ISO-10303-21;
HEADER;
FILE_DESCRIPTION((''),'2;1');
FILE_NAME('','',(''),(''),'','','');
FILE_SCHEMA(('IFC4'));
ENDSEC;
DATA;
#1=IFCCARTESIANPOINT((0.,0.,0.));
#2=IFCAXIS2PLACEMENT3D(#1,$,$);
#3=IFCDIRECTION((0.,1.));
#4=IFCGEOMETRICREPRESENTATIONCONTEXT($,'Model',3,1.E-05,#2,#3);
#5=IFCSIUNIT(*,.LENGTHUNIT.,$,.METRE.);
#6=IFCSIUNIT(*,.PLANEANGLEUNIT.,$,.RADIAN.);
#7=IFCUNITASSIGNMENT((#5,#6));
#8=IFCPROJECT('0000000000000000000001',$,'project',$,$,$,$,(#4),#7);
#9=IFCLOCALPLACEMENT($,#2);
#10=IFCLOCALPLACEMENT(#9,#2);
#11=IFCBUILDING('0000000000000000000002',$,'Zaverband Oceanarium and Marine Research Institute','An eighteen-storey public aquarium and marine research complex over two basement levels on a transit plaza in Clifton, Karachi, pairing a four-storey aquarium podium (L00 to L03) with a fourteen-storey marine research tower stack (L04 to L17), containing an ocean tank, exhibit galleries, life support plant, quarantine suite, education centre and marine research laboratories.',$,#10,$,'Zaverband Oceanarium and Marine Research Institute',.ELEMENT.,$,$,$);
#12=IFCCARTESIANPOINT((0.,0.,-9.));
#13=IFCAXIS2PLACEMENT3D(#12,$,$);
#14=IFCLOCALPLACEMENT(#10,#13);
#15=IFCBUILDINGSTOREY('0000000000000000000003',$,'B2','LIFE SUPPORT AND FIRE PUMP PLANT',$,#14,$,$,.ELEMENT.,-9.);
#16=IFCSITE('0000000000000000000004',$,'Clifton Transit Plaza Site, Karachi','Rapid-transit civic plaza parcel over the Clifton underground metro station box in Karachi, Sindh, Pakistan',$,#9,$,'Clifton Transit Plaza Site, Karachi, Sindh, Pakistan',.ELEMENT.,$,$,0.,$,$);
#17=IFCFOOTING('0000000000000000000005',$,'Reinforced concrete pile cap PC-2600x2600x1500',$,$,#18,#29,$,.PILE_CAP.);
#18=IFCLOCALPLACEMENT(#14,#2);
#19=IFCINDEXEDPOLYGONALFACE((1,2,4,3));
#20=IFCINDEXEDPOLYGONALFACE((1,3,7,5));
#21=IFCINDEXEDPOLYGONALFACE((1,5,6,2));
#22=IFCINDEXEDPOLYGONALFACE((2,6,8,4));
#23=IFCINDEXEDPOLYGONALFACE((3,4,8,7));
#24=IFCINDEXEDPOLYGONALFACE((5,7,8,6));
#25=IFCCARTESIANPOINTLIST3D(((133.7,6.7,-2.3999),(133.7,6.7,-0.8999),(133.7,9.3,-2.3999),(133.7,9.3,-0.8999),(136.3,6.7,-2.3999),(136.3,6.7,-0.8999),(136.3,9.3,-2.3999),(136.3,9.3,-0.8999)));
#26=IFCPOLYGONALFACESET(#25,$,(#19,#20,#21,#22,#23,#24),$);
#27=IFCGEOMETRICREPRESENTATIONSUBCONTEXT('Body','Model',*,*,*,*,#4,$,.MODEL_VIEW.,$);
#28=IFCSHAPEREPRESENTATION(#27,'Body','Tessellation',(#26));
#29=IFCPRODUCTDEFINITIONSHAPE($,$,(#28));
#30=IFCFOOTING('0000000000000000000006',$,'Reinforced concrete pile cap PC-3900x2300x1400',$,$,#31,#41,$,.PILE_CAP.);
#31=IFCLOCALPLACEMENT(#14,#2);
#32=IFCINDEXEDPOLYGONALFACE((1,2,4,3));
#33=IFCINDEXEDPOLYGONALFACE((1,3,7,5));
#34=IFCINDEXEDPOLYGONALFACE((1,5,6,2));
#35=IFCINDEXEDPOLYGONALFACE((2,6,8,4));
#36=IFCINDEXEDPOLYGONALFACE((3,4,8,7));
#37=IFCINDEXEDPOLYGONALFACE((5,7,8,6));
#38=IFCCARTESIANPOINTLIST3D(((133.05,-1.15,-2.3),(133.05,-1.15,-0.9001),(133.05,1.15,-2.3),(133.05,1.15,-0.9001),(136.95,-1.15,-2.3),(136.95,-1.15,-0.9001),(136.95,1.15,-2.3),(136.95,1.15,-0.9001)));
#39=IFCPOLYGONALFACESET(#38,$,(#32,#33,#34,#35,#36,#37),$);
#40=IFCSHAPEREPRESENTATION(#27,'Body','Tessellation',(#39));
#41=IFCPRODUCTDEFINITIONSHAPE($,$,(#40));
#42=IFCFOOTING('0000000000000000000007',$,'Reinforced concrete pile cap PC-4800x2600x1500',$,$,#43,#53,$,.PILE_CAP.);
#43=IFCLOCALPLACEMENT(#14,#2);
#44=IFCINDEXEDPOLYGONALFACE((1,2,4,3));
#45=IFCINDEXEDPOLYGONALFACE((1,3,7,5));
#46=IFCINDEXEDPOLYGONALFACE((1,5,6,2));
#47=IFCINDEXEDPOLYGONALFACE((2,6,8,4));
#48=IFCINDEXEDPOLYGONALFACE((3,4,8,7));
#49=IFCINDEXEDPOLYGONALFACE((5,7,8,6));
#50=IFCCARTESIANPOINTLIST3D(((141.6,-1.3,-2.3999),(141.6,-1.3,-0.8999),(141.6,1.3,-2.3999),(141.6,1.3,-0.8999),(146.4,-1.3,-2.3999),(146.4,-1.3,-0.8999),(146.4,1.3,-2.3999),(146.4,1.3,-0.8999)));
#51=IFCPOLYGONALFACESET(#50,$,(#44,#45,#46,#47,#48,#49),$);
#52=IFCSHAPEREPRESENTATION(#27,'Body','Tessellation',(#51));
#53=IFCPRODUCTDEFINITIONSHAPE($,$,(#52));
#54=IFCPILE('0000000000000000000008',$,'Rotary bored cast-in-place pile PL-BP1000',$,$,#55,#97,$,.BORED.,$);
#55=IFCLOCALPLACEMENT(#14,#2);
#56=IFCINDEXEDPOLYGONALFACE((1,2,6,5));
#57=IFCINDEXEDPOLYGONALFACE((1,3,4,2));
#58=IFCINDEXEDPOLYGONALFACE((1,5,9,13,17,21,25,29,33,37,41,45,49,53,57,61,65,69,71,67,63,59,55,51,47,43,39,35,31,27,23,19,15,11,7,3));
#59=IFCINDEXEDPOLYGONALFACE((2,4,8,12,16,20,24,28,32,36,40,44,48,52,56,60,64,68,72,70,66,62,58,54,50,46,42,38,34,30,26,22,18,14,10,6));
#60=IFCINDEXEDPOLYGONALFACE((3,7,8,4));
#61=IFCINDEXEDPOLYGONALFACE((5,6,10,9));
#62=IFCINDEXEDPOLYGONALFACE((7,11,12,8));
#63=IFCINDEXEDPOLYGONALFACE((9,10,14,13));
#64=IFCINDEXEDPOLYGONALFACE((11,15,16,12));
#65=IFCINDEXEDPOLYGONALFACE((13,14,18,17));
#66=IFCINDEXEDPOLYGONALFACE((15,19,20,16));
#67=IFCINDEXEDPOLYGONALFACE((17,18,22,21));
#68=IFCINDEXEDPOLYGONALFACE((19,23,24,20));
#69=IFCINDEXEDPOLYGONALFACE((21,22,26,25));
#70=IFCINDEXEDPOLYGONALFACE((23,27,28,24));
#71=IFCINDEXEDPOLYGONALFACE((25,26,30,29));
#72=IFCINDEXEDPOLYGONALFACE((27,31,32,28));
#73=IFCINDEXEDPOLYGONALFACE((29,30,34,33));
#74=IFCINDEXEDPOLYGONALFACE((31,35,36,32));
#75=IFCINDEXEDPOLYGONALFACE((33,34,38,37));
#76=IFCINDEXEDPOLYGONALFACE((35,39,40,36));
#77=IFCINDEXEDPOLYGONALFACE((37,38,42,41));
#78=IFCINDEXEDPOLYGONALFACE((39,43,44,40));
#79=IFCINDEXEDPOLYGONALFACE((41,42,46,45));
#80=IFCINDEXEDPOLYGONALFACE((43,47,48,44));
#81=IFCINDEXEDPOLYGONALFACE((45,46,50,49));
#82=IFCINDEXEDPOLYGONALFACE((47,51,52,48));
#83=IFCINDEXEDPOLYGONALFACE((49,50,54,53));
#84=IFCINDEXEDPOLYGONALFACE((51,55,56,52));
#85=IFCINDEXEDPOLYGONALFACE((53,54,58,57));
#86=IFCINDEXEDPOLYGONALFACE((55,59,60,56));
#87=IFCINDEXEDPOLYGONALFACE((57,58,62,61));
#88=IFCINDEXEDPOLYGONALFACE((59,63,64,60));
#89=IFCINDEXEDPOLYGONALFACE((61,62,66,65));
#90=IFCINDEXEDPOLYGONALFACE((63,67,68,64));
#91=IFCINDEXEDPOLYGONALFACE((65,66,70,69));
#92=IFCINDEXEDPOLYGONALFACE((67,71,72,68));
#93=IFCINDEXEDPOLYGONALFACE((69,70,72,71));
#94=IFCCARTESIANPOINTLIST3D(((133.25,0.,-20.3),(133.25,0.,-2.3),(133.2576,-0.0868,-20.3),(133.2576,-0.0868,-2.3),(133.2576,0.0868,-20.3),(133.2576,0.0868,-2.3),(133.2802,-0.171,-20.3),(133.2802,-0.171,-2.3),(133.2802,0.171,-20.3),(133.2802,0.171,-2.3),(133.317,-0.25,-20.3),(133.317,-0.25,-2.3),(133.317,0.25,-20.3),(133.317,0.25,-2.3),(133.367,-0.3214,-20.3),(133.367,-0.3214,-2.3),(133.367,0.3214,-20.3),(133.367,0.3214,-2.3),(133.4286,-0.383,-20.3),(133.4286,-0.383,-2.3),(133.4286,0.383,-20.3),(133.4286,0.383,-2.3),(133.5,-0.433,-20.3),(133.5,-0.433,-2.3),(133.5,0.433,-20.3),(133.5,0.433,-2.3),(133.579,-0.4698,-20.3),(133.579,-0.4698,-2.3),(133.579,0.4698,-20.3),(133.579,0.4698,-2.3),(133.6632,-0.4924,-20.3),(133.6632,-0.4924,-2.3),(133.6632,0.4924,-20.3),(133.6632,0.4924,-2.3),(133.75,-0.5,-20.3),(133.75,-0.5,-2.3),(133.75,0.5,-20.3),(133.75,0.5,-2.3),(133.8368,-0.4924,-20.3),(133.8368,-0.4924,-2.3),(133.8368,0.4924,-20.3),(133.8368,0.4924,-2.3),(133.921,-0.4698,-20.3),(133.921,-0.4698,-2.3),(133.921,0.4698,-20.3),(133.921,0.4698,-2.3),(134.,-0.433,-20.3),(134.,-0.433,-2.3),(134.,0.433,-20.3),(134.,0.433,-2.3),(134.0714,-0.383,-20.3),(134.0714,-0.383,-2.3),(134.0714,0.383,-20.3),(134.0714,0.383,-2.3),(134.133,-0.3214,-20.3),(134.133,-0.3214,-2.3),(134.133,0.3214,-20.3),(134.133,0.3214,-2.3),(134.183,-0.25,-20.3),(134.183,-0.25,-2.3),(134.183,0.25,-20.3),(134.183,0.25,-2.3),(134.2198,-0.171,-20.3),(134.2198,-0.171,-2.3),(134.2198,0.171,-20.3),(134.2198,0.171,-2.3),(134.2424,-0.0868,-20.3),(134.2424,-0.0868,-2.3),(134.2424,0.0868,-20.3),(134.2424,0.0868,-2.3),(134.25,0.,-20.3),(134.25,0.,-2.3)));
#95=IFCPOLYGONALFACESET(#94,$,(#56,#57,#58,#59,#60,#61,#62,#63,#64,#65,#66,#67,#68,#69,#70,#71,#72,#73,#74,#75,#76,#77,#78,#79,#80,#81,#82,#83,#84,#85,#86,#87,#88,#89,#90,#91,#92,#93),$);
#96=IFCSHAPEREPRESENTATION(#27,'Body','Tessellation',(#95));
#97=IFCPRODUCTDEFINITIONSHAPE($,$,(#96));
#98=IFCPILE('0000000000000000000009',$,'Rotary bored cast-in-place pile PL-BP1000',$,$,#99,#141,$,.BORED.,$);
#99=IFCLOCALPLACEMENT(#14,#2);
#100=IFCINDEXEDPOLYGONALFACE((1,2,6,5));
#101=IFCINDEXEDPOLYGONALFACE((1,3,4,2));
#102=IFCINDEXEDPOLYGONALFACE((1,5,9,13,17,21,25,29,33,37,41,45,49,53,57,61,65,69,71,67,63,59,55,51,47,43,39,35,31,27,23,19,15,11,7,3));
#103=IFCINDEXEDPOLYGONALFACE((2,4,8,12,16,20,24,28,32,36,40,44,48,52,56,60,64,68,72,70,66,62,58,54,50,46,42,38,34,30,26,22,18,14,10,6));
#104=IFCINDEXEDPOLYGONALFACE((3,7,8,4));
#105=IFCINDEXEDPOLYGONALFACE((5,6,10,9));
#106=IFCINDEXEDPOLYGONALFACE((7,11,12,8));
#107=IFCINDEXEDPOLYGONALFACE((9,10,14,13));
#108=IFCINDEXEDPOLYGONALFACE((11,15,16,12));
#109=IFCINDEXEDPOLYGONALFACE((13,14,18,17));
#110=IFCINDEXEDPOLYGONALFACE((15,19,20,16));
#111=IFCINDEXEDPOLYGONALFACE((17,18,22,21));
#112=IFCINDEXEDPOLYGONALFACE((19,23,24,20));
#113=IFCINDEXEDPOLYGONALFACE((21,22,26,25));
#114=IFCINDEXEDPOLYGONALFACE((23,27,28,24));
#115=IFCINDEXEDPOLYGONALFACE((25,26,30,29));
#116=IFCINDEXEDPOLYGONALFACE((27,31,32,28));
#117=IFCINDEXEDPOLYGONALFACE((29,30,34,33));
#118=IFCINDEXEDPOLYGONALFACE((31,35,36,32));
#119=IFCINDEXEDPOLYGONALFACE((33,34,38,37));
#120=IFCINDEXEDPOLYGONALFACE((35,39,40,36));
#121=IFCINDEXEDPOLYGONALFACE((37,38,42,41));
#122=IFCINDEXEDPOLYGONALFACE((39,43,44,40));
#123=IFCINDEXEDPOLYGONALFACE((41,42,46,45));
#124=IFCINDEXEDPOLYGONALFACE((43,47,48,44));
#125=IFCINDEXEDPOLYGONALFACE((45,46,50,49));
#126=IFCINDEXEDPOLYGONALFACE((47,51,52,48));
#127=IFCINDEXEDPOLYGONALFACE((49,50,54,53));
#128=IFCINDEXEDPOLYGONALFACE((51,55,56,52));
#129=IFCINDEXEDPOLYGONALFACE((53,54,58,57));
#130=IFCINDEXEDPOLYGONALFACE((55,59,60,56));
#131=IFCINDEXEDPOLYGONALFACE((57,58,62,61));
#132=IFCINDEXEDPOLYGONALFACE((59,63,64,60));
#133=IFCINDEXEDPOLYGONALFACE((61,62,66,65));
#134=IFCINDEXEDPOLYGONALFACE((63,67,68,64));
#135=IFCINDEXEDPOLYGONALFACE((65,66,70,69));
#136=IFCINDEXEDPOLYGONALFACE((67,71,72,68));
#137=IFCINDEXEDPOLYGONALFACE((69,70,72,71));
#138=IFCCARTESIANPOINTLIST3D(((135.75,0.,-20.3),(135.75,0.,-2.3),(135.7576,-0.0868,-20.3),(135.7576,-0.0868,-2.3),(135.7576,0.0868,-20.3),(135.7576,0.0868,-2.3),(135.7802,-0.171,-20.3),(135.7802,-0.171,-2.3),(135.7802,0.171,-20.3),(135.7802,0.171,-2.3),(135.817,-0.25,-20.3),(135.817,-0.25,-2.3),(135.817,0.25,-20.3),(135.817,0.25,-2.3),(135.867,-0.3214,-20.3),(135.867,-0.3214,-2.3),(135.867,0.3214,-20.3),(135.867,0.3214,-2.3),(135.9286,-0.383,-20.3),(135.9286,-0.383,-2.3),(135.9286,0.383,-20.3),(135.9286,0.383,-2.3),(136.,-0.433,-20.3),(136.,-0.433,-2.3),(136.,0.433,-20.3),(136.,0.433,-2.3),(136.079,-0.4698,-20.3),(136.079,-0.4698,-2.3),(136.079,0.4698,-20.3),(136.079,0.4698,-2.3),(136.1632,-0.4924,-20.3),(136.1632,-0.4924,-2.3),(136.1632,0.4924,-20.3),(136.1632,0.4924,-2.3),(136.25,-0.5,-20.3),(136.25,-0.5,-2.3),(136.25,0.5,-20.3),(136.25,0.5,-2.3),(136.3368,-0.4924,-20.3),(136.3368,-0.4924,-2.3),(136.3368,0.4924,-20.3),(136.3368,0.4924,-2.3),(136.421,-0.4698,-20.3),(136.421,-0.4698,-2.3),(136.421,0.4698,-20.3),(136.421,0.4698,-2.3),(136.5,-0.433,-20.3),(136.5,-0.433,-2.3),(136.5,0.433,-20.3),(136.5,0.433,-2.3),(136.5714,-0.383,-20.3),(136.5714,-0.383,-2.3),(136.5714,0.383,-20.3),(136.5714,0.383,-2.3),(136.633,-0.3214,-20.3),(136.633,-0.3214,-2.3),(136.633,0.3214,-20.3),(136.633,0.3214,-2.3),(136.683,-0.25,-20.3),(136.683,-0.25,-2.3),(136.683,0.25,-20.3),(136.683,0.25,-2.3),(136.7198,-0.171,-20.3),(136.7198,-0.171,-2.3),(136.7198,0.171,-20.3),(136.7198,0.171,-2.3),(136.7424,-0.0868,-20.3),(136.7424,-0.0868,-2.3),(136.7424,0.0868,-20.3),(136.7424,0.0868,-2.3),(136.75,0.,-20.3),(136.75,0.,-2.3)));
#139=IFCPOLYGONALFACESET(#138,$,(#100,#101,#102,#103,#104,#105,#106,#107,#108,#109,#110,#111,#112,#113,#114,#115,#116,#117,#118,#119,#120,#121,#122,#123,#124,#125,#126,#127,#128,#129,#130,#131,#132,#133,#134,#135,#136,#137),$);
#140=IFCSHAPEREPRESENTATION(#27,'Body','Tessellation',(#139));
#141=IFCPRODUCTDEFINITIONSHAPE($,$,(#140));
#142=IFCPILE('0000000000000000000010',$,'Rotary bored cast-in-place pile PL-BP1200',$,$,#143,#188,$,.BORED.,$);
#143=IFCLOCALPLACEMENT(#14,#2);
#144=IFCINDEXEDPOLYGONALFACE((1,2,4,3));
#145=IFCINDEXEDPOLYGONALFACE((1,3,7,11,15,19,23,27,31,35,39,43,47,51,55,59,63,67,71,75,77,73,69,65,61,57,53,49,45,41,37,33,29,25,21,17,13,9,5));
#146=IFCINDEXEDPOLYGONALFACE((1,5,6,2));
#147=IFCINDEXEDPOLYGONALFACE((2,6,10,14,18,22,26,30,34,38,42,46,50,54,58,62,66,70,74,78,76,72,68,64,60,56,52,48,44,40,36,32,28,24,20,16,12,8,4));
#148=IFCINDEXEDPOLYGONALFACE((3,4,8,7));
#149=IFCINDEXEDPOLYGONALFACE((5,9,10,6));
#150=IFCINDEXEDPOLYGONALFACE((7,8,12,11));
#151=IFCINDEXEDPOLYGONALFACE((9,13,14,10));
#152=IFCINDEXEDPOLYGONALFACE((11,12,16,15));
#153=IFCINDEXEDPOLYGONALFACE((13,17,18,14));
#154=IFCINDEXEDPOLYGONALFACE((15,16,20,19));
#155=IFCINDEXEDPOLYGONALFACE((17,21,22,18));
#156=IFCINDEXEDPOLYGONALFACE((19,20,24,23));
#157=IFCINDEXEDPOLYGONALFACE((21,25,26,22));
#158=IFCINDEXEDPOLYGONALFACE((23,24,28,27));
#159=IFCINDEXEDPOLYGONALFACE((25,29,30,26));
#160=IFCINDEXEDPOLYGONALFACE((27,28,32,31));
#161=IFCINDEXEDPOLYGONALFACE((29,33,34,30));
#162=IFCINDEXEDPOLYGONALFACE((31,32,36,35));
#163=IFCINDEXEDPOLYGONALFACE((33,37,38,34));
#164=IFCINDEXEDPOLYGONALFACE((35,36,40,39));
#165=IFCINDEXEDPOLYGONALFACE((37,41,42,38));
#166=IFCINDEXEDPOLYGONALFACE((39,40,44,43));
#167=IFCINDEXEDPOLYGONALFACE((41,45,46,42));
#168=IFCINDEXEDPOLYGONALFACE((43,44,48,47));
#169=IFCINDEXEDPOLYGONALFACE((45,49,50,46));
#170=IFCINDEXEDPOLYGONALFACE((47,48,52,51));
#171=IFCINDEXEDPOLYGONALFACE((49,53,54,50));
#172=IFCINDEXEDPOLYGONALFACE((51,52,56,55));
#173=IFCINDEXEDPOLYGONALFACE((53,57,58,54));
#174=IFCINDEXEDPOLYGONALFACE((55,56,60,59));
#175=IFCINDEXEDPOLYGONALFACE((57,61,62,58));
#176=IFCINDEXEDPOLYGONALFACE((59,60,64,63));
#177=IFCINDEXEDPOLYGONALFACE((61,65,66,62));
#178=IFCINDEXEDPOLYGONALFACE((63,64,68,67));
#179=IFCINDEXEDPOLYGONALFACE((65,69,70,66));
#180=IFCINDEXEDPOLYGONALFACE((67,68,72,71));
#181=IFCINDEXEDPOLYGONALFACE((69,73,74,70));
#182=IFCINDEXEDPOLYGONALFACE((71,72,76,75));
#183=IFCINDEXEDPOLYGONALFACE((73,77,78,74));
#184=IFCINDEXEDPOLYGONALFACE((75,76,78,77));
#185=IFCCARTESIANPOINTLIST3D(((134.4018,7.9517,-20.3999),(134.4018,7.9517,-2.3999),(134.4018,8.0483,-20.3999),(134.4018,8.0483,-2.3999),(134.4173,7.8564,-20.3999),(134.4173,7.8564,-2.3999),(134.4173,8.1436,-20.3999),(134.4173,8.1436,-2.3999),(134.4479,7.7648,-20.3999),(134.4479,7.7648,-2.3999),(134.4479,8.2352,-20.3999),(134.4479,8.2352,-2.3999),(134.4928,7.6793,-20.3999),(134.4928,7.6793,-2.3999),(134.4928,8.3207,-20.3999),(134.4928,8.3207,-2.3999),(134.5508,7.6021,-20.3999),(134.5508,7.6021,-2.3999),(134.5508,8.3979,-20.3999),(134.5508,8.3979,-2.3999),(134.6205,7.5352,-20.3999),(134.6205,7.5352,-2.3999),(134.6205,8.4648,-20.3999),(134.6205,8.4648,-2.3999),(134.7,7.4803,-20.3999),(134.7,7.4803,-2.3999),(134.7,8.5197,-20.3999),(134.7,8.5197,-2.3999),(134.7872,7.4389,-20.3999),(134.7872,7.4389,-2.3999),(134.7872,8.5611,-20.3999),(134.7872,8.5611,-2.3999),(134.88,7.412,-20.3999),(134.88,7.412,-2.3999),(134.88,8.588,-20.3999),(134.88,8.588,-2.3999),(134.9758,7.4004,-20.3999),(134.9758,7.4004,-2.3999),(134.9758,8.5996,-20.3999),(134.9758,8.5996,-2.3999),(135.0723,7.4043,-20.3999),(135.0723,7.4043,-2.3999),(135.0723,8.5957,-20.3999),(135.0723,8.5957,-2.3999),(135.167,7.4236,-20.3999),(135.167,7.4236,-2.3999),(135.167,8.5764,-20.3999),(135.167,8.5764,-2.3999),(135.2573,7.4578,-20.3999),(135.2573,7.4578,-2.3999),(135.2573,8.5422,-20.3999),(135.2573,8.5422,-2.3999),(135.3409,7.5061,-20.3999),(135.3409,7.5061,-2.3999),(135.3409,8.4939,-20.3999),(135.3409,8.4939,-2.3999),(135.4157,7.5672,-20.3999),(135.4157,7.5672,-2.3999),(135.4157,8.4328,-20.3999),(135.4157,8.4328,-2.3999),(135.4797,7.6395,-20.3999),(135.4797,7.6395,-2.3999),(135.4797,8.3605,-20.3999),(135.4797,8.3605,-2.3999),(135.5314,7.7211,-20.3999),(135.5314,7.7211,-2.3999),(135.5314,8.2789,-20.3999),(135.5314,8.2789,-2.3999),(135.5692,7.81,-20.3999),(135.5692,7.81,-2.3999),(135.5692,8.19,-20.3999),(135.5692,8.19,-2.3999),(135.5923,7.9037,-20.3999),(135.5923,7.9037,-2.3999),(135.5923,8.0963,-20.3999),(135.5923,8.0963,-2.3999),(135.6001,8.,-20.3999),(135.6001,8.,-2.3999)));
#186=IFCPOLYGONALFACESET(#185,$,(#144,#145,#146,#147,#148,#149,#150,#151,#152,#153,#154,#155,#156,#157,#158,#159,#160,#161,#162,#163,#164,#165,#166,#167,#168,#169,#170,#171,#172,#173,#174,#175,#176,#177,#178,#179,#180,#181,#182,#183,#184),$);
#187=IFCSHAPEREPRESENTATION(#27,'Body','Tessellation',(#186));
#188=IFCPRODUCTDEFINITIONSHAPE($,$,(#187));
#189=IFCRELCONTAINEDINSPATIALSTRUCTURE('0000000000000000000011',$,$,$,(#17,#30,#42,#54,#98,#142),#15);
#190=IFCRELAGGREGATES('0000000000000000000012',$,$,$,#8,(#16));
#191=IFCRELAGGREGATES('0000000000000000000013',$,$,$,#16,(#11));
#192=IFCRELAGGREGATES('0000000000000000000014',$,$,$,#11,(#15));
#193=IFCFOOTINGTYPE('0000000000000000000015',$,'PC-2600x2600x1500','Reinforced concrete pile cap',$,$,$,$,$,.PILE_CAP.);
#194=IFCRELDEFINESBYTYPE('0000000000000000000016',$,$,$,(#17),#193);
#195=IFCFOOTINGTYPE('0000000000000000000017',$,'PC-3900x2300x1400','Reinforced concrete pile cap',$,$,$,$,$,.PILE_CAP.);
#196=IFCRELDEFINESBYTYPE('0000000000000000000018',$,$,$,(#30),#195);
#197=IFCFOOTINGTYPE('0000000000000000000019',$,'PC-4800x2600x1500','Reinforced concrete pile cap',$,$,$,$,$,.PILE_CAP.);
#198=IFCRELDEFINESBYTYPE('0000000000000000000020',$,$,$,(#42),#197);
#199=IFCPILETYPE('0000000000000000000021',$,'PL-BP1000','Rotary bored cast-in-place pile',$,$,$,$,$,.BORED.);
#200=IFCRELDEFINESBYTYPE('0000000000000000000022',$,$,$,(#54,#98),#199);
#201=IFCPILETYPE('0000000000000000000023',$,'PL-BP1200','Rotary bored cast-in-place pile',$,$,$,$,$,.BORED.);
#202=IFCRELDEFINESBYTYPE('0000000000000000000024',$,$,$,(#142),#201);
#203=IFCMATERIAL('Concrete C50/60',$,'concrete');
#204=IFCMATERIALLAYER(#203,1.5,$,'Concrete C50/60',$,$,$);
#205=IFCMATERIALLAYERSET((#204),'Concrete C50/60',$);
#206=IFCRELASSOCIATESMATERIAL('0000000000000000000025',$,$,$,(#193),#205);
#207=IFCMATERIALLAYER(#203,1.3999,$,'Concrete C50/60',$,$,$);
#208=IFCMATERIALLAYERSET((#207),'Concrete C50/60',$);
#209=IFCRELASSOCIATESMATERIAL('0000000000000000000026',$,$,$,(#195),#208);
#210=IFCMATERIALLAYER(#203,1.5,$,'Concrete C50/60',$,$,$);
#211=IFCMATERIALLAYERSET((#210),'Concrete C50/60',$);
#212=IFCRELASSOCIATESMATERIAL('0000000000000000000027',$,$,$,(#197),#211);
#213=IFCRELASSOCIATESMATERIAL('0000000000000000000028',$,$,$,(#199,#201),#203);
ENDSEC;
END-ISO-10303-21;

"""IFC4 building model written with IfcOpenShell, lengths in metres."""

from ifc_helpers import new_model, si_unit, direction, frame, origin, origin_2d, place, context, subcontext, project, spatial, rectangle, circle, extrude, material, layer, layer_set, material_profile, profile_set, type_object, element, save


model = new_model("IFC4")

# Units and contexts
model_context = context("Model", 3, precision=1e-05, world=origin(), true_north=direction((0.0, 1.0)))
body_context = subcontext(model_context, "Body", "Model", "MODEL_VIEW")
ifc_project = project(units=[si_unit("LENGTHUNIT", "METRE"), si_unit("PLANEANGLEUNIT", "RADIAN")], contexts=[model_context])

# Site, building, storey
site_placement = place(None, origin())
site = spatial("IfcSite", under=ifc_project, at=site_placement, Name="Clifton Transit Plaza Site, Karachi", Description="Rapid-transit civic plaza parcel over the Clifton underground metro station box in Karachi, Sindh, Pakistan", LongName="Clifton Transit Plaza Site, Karachi, Sindh, Pakistan", CompositionType="ELEMENT", RefElevation=0.0)
building_placement = place(site_placement, origin())
building = spatial("IfcBuilding", under=site, at=building_placement, Name="Zaverband Oceanarium and Marine Research Institute", Description="An eighteen-storey public aquarium and marine research complex over two basement levels on a transit plaza in Clifton, Karachi, pairing a four-storey aquarium podium (L00 to L03) with a fourteen-storey marine research tower stack (L04 to L17), containing an ocean tank, exhibit galleries, life support plant, quarantine suite, education centre and marine research laboratories.", LongName="Zaverband Oceanarium and Marine Research Institute", CompositionType="ELEMENT")
storey_placement = place(building_placement, frame((0.0, 0.0, -9.0)))
storey = spatial("IfcBuildingStorey", under=building, at=storey_placement, Name="B2", Description="LIFE SUPPORT AND FIRE PUMP PLANT", CompositionType="ELEMENT", Elevation=-9.0)

# Footings
ifc_material_1 = material(Name="Concrete C50/60", Category="concrete")
ifc_layer_1 = layer(ifc_material_1, 1.5, Name="Concrete C50/60")
ifc_layer_set_1 = layer_set([ifc_layer_1], Name="Concrete C50/60")
footing_type_1 = type_object("IfcFootingType", Name="PC-2600x2600x1500", Description="Reinforced concrete pile cap", PredefinedType="PILE_CAP", material=ifc_layer_set_1)
footing_1_placement = place(storey_placement, frame((135.0, 8.0, -2.3999), z_axis=(0.0, 0.0, 1.0), x_axis=(1.0, 0.0, 0.0)))
element("IfcFooting", 1, at=footing_1_placement, inside=storey, type_object=footing_type_1, Name="Reinforced concrete pile cap PC-2600x2600x1500", PredefinedType="PILE_CAP", context=body_context, shape_type="SweptSolid", body=[
    extrude(rectangle(XDim=2.6001, YDim=2.6001, at=origin_2d()), origin(), (0.0, 0.0, 1.0), 1.5),
])
ifc_layer_2 = layer(ifc_material_1, 1.3999, Name="Concrete C50/60")
ifc_layer_set_2 = layer_set([ifc_layer_2], Name="Concrete C50/60")
footing_type_2 = type_object("IfcFootingType", Name="PC-3900x2300x1400", Description="Reinforced concrete pile cap", PredefinedType="PILE_CAP", material=ifc_layer_set_2)
footing_2_placement = place(storey_placement, frame((135.0, 0.0, -2.3), z_axis=(0.0, 0.0, 1.0), x_axis=(1.0, 0.0, 0.0)))
element("IfcFooting", 2, at=footing_2_placement, inside=storey, type_object=footing_type_2, Name="Reinforced concrete pile cap PC-3900x2300x1400", PredefinedType="PILE_CAP", context=body_context, shape_type="SweptSolid", body=[
    extrude(rectangle(XDim=3.8999, YDim=2.3, at=origin_2d()), origin(), (0.0, 0.0, 1.0), 1.3999),
])
ifc_layer_3 = layer(ifc_material_1, 1.5, Name="Concrete C50/60")
ifc_layer_set_3 = layer_set([ifc_layer_3], Name="Concrete C50/60")
footing_type_3 = type_object("IfcFootingType", Name="PC-4800x2600x1500", Description="Reinforced concrete pile cap", PredefinedType="PILE_CAP", material=ifc_layer_set_3)
footing_3_placement = place(storey_placement, frame((144.0, 0.0, -2.3999), z_axis=(0.0, 0.0, 1.0), x_axis=(1.0, 0.0, 0.0)))
element("IfcFooting", 3, at=footing_3_placement, inside=storey, type_object=footing_type_3, Name="Reinforced concrete pile cap PC-4800x2600x1500", PredefinedType="PILE_CAP", context=body_context, shape_type="SweptSolid", body=[
    extrude(rectangle(XDim=4.8, YDim=2.6001, at=origin_2d()), origin(), (0.0, 0.0, 1.0), 1.5),
])

# Piles
ifc_material_profile_1 = material_profile(ifc_material_1, circle(Radius=0.5, at=origin_2d()), Name="BP1000")
ifc_profile_set_1 = profile_set([ifc_material_profile_1], Name="Concrete C50/60")
pile_type_1 = type_object("IfcPileType", Name="PL-BP1000", Description="Rotary bored cast-in-place pile", PredefinedType="BORED", material=ifc_profile_set_1)
for number, where, z_axis, x_axis, name in (
    (4, (133.75, 0.0, -2.3), (0.0, 0.0, -1.0), (1.0, 0.0, 0.0), "Rotary bored cast-in-place pile PL-BP1000"),
    (5, (136.25, 0.0, -2.3), (0.0, 0.0, -1.0), (1.0, 0.0, 0.0), "Rotary bored cast-in-place pile PL-BP1000"),
):
    element("IfcPile", number, at=place(storey_placement, frame(where, z_axis=z_axis, x_axis=x_axis)), inside=storey, type_object=pile_type_1, Name=name, PredefinedType="BORED", context=body_context, shape_type="SweptSolid", body=[
        extrude(circle(Radius=0.5, at=origin_2d()), origin(), (0.0, 0.0, 1.0), 18.0),
    ])
ifc_material_profile_2 = material_profile(ifc_material_1, circle(Radius=0.6001, at=origin_2d()), Name="BP1200")
ifc_profile_set_2 = profile_set([ifc_material_profile_2], Name="Concrete C50/60")
pile_type_2 = type_object("IfcPileType", Name="PL-BP1200", Description="Rotary bored cast-in-place pile", PredefinedType="BORED", material=ifc_profile_set_2)
for number, where, z_axis, x_axis, name in (
    (6, (135.0, 8.0, -2.3999), (0.0, 0.0, -1.0), (1.0, 0.0, 0.0), "Rotary bored cast-in-place pile PL-BP1200"),
):
    element("IfcPile", number, at=place(storey_placement, frame(where, z_axis=z_axis, x_axis=x_axis)), inside=storey, type_object=pile_type_2, Name=name, PredefinedType="BORED", context=body_context, shape_type="SweptSolid", body=[
        extrude(circle(Radius=0.6001, at=origin_2d()), origin(), (0.0, 0.0, 1.0), 18.0),
    ])

save(model, "model.ifc")
